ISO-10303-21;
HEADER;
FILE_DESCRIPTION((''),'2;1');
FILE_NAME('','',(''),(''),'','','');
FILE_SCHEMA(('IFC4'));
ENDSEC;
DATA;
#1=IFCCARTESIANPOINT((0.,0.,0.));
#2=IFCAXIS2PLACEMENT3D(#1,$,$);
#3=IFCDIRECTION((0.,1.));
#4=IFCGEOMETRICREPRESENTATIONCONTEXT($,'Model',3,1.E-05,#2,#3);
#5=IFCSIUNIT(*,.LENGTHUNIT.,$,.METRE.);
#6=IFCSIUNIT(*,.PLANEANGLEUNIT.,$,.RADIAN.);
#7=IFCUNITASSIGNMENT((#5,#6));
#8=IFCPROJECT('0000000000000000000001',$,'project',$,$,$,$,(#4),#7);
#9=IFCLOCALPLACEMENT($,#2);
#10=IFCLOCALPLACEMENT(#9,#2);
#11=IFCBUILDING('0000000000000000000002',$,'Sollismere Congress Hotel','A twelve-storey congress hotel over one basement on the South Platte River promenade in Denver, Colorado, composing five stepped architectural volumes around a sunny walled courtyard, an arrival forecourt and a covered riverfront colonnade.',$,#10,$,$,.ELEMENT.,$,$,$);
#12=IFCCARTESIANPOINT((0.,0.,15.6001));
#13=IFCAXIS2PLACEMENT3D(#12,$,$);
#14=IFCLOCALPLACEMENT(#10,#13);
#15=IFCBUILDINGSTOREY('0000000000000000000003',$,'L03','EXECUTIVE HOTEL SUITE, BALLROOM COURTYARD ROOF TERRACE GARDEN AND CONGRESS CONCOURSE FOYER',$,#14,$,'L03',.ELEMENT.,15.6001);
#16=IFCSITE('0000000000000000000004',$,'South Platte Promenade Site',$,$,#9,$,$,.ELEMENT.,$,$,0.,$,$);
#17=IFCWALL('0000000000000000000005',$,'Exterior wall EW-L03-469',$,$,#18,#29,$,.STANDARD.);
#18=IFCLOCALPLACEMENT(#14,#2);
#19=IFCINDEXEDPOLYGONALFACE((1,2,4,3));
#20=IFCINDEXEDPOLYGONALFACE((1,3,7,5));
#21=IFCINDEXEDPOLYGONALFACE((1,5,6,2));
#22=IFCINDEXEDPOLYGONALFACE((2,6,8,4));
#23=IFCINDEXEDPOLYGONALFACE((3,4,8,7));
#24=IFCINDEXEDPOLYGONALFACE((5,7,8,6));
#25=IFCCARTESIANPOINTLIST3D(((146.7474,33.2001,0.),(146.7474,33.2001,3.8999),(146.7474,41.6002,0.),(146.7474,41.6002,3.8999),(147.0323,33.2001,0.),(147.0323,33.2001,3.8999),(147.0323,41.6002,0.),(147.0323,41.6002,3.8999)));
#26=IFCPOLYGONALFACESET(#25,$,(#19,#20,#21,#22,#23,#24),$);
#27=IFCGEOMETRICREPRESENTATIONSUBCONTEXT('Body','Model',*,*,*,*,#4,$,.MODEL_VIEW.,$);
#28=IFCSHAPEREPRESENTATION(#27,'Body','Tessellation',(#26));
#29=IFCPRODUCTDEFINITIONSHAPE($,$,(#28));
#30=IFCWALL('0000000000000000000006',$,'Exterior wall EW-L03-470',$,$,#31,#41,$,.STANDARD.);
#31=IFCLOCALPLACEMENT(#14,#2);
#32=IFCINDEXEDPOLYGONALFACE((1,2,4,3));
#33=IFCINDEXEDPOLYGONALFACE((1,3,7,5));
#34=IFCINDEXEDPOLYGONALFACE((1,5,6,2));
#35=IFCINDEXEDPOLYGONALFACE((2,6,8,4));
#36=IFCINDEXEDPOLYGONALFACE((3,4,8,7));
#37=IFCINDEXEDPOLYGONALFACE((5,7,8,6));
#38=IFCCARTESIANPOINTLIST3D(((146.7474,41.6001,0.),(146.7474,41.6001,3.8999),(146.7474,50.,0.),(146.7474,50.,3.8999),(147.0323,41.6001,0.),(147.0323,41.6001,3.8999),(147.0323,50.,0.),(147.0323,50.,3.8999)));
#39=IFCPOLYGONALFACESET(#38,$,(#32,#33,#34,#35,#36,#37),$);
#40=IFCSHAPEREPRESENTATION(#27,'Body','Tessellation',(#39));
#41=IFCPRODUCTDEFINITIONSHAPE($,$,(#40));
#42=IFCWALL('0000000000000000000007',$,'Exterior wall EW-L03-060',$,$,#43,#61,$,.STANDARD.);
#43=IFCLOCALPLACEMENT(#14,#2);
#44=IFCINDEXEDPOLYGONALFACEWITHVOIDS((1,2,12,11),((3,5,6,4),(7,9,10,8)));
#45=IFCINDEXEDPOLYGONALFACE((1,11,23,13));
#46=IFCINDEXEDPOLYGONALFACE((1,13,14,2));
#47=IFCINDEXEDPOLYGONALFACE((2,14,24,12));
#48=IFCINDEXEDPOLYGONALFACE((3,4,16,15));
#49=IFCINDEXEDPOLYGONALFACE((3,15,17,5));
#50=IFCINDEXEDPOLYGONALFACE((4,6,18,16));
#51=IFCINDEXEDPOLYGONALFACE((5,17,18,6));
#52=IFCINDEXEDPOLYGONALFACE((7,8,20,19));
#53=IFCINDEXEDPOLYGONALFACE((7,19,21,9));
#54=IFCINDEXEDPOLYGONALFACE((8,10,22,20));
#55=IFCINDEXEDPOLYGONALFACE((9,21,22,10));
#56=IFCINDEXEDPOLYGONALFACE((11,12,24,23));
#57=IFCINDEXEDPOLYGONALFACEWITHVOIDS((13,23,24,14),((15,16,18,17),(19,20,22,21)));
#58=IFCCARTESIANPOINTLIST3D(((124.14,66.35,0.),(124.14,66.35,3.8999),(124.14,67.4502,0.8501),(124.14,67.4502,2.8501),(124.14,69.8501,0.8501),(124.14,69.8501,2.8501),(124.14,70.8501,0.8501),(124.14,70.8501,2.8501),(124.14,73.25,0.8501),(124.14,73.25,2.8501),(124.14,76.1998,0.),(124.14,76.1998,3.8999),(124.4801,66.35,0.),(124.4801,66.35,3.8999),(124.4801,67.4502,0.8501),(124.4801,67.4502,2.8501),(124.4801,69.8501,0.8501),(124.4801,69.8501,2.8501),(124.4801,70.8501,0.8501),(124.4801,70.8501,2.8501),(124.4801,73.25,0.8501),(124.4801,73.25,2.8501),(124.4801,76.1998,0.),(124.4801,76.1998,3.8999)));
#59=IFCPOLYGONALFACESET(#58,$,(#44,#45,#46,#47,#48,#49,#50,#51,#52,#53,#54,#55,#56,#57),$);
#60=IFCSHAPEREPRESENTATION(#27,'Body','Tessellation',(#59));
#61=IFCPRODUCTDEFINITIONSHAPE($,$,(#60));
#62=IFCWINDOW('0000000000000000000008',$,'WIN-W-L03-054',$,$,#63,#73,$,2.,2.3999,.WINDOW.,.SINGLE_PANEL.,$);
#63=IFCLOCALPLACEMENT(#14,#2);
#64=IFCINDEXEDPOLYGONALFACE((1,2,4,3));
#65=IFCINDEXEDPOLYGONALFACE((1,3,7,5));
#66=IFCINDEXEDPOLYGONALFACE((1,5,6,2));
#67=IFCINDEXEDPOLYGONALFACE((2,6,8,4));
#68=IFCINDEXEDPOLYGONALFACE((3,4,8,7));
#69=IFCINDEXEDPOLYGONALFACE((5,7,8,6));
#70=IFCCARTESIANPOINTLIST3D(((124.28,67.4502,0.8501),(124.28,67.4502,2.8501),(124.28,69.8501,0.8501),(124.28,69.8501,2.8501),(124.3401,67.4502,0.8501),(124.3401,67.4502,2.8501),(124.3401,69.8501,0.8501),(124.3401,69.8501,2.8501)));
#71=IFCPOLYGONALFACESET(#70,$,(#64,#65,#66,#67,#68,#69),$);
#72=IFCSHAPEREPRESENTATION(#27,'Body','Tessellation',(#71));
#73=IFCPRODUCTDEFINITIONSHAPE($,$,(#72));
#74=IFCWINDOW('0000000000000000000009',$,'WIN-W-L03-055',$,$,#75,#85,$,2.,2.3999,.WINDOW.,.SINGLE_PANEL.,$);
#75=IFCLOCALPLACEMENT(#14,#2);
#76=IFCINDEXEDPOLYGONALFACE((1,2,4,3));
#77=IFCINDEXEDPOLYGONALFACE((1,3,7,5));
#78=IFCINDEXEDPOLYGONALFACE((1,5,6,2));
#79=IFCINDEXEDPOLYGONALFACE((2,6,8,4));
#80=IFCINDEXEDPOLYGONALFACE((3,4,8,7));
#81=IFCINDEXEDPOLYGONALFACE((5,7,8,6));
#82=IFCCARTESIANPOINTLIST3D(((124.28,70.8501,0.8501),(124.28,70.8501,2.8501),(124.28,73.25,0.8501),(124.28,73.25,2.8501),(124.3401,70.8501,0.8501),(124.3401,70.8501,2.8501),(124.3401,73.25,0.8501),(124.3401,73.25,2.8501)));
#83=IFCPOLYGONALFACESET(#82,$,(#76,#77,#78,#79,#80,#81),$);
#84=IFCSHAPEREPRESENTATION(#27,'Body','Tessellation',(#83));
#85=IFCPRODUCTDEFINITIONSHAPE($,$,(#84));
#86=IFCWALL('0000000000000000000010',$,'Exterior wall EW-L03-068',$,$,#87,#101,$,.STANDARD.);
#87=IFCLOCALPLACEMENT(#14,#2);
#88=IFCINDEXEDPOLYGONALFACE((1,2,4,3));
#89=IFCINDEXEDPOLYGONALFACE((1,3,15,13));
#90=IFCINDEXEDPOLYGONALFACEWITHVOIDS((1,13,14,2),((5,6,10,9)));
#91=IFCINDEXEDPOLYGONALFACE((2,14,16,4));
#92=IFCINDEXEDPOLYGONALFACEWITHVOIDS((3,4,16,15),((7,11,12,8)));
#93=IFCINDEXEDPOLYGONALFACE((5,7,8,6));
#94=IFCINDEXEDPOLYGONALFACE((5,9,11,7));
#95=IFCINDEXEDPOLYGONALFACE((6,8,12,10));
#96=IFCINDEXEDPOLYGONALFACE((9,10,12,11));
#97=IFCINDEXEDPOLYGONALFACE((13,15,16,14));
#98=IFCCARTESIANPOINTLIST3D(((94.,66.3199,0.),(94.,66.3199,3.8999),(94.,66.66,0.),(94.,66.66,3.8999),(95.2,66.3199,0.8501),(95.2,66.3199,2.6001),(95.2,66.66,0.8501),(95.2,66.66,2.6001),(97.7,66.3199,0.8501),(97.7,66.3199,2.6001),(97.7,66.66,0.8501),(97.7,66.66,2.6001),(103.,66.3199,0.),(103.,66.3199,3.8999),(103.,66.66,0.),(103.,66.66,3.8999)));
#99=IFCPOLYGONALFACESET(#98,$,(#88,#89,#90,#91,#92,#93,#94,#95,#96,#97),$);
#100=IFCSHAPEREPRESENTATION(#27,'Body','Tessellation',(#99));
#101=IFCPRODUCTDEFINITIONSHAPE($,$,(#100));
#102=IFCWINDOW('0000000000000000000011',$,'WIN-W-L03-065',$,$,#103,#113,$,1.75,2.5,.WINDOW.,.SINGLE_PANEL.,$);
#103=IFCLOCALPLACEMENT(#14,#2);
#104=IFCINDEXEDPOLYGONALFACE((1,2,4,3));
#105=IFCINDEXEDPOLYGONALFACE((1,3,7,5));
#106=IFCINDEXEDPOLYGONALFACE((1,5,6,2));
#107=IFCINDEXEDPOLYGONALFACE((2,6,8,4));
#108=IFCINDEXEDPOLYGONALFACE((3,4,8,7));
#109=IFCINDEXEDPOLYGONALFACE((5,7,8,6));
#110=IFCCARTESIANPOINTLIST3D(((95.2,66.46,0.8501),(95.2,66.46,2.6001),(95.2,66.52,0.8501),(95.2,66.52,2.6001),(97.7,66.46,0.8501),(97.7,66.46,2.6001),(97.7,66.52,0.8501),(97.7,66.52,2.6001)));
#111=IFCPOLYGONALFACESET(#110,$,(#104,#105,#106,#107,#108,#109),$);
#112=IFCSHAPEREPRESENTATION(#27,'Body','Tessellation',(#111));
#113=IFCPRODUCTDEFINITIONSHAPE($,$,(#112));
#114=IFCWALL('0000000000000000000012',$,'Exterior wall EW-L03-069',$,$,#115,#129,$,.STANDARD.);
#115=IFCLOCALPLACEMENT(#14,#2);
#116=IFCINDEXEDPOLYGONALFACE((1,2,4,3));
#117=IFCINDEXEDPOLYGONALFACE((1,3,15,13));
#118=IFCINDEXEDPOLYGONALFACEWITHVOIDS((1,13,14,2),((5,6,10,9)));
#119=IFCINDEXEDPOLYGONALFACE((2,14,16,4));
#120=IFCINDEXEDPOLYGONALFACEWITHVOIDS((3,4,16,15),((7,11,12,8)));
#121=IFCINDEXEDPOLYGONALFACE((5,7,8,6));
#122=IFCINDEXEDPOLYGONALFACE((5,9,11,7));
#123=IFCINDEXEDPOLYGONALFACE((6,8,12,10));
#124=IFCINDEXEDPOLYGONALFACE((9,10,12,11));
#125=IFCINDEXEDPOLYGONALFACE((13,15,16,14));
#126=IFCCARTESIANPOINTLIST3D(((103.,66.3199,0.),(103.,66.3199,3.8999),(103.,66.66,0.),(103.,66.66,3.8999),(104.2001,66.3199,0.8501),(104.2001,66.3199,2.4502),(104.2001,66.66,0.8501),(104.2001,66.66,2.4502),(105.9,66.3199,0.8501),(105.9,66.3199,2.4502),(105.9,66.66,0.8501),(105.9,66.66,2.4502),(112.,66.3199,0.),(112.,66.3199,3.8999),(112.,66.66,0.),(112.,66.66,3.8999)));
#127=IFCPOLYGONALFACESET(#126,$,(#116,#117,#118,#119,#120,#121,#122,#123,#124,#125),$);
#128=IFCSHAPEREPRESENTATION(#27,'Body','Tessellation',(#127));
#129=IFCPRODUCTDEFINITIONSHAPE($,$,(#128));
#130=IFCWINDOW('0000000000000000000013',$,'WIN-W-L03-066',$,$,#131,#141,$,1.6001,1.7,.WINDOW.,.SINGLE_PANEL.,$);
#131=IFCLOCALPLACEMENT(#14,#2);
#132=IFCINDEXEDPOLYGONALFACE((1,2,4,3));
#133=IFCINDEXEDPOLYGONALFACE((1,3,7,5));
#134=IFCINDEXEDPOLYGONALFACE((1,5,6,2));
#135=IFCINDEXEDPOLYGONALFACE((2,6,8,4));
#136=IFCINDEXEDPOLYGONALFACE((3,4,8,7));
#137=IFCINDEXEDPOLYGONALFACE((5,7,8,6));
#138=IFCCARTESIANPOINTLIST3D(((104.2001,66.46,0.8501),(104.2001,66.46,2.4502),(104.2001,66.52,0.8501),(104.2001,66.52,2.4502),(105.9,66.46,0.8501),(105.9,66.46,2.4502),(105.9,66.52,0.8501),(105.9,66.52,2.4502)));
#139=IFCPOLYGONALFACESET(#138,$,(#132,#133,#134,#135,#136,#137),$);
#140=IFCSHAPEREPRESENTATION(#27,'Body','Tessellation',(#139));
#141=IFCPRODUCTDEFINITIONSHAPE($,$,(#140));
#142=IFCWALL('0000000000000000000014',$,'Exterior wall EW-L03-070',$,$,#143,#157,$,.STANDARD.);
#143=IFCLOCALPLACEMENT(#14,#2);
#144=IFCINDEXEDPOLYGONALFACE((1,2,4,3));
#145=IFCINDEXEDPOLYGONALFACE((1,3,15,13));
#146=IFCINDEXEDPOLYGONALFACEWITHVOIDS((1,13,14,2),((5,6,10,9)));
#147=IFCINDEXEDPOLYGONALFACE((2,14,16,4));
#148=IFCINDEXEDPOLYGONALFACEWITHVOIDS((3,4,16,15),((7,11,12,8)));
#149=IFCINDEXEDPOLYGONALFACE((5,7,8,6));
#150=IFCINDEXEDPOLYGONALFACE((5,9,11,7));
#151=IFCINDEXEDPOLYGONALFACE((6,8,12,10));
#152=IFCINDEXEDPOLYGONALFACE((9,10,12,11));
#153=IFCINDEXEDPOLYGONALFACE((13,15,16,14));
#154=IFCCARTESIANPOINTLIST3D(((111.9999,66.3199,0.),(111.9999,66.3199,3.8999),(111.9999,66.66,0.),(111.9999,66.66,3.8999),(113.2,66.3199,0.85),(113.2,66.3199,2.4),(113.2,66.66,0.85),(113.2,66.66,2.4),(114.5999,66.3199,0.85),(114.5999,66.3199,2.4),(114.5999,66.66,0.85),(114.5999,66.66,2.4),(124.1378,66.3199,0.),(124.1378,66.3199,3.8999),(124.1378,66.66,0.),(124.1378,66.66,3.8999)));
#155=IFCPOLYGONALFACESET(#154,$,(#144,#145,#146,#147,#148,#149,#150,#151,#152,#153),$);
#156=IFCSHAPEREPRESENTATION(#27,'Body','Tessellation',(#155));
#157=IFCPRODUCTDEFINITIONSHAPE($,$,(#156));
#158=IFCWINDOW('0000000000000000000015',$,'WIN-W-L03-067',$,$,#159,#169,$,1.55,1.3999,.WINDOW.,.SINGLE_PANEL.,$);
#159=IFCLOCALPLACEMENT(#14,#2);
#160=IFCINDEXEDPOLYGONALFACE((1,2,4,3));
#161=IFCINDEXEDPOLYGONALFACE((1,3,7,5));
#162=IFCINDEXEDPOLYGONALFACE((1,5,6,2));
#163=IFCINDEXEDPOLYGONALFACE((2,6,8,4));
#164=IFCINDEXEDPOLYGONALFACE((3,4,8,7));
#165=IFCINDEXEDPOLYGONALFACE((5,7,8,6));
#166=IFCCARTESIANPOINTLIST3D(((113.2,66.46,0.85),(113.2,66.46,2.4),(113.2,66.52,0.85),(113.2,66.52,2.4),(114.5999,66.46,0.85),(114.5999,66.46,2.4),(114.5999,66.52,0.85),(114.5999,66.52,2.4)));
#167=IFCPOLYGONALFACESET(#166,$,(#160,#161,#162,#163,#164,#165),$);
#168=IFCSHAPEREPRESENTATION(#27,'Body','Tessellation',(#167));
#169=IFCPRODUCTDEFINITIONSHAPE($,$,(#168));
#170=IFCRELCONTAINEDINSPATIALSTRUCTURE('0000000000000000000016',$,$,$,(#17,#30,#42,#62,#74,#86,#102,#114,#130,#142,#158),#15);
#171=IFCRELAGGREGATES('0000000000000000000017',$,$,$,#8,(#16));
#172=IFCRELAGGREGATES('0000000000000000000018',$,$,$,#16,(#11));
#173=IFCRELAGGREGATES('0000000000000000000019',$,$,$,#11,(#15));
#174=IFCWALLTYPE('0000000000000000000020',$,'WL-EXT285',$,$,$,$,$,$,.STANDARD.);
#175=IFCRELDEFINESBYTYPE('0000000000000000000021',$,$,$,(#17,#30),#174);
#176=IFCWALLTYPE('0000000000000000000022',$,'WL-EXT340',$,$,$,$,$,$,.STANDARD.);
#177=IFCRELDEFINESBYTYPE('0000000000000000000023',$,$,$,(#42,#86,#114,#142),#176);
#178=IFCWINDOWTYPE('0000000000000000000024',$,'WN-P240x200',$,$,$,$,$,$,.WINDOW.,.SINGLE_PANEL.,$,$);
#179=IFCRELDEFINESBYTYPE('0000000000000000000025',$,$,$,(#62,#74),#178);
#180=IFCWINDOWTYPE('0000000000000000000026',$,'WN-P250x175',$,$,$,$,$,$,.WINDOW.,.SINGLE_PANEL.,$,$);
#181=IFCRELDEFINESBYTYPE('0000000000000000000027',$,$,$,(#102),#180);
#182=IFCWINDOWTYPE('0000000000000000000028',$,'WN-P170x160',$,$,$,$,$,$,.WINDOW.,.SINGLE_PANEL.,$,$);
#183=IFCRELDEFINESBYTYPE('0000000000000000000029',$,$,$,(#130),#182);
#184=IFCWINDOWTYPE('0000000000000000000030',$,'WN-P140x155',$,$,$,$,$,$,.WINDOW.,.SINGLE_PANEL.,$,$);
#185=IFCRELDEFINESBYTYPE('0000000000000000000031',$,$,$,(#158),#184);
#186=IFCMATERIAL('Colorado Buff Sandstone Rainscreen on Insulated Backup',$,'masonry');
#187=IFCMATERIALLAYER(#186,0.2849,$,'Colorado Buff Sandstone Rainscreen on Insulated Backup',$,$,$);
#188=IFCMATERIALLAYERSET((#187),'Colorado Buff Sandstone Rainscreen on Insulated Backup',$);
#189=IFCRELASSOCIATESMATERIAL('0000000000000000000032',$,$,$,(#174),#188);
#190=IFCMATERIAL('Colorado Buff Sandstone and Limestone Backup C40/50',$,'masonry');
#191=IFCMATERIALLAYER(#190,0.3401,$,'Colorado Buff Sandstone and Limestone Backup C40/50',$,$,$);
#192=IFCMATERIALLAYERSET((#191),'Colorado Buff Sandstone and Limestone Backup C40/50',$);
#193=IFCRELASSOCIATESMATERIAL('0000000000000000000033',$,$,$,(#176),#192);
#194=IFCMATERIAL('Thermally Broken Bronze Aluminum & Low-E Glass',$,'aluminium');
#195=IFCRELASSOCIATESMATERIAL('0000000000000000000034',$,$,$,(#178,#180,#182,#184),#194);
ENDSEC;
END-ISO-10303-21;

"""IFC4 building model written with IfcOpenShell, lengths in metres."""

from ifc_helpers import new_model, si_unit, direction, frame, frame_2d, origin, place, context, subcontext, project, spatial, rectangle, extrude, material, layer, layer_set, type_object, element, fill, save


model = new_model("IFC4")

# Units and contexts
model_context = context("Model", 3, precision=1e-05, world=origin(), true_north=direction((0.0, 1.0)))
body_context = subcontext(model_context, "Body", "Model", "MODEL_VIEW")
ifc_project = project(units=[si_unit("LENGTHUNIT", "METRE"), si_unit("PLANEANGLEUNIT", "RADIAN")], contexts=[model_context])

# Site, building, storey
site_placement = place(None, origin())
site = spatial("IfcSite", under=ifc_project, at=site_placement, Name="South Platte Promenade Site", CompositionType="ELEMENT", RefElevation=0.0)
building_placement = place(site_placement, origin())
building = spatial("IfcBuilding", under=site, at=building_placement, Name="Sollismere Congress Hotel", Description="A twelve-storey congress hotel over one basement on the South Platte River promenade in Denver, Colorado, composing five stepped architectural volumes around a sunny walled courtyard, an arrival forecourt and a covered riverfront colonnade.", CompositionType="ELEMENT")
storey_placement = place(building_placement, frame((0.0, 0.0, 15.6001)))
storey = spatial("IfcBuildingStorey", under=building, at=storey_placement, Name="L03", Description="EXECUTIVE HOTEL SUITE, BALLROOM COURTYARD ROOF TERRACE GARDEN AND CONGRESS CONCOURSE FOYER", LongName="L03", CompositionType="ELEMENT", Elevation=15.6001)

# Shared definitions
ifc_material_1 = material(Name="Colorado Buff Sandstone Rainscreen on Insulated Backup", Category="masonry")
ifc_layer_1 = layer(ifc_material_1, 0.2849, Name="Colorado Buff Sandstone Rainscreen on Insulated Backup")
ifc_layer_set_1 = layer_set([ifc_layer_1], Name="Colorado Buff Sandstone Rainscreen on Insulated Backup")
wall_type_1 = type_object("IfcWallType", Name="WL-EXT285", PredefinedType="STANDARD", material=ifc_layer_set_1)
ifc_material_2 = material(Name="Thermally Broken Bronze Aluminum & Low-E Glass", Category="aluminium")

# Walls
wall_1_placement = place(storey_placement, frame((146.8899, 33.2, 0.0), z_axis=(0.0, 0.0, 1.0), x_axis=(0.0, 1.0, 0.0)))
element("IfcWall", 1, at=wall_1_placement, inside=storey, type_object=wall_type_1, Name="Exterior wall EW-L03-469", PredefinedType="STANDARD", context=body_context, shape_type="SweptSolid", body=[
    extrude(rectangle(XDim=8.4001, YDim=0.2849, at=frame_2d((4.2002, 0.0))), origin(), (0.0, 0.0, 1.0), 3.8999),
])
wall_2_placement = place(storey_placement, frame((146.8899, 41.6001, 0.0), z_axis=(0.0, 0.0, 1.0), x_axis=(0.0, 1.0, 0.0)))
element("IfcWall", 2, at=wall_2_placement, inside=storey, type_object=wall_type_1, Name="Exterior wall EW-L03-470", PredefinedType="STANDARD", context=body_context, shape_type="SweptSolid", body=[
    extrude(rectangle(XDim=8.3999, YDim=0.2849, at=frame_2d((4.2, 0.0))), origin(), (0.0, 0.0, 1.0), 3.8999),
])

# Wall, openings, windows
ifc_material_3 = material(Name="Colorado Buff Sandstone and Limestone Backup C40/50", Category="masonry")
ifc_layer_2 = layer(ifc_material_3, 0.3401, Name="Colorado Buff Sandstone and Limestone Backup C40/50")
ifc_layer_set_2 = layer_set([ifc_layer_2], Name="Colorado Buff Sandstone and Limestone Backup C40/50")
wall_type_2 = type_object("IfcWallType", Name="WL-EXT340", PredefinedType="STANDARD", material=ifc_layer_set_2)
wall_3_placement = place(storey_placement, frame((124.3101, 66.3501, 0.0), z_axis=(0.0, 0.0, 1.0), x_axis=(0.0, 1.0, 0.0)))
wall_3 = element("IfcWall", 3, at=wall_3_placement, inside=storey, type_object=wall_type_2, Name="Exterior wall EW-L03-060", PredefinedType="STANDARD", context=body_context, shape_type="SweptSolid", body=[
    extrude(rectangle(XDim=9.8499, YDim=0.3401, at=frame_2d((4.9248, 0.0))), origin(), (0.0, 0.0, 1.0), 3.8999),
])
opening_1_placement = place(wall_3_placement, frame((1.1001, 0.0, 0.8501)))
opening_1 = element("IfcOpeningElement", 4, at=opening_1_placement, cuts=wall_3, PredefinedType="OPENING", context=body_context, shape_type="SweptSolid", body=[
    extrude(rectangle(XDim=2.3999, YDim=2.0, at=frame_2d((1.2, 1.0))), frame((0.0, 0.1799, 0.0), z_axis=(0.0, -1.0, 0.0), x_axis=(1.0, 0.0, 0.0)), (0.0, 0.0, 1.0), 0.3601),
])
opening_2_placement = place(wall_3_placement, frame((4.5, 0.0, 0.8501)))
opening_2 = element("IfcOpeningElement", 5, at=opening_2_placement, cuts=wall_3, PredefinedType="OPENING", context=body_context, shape_type="SweptSolid", body=[
    extrude(rectangle(XDim=2.3999, YDim=2.0, at=frame_2d((1.2, 1.0))), frame((0.0, 0.1799, 0.0), z_axis=(0.0, -1.0, 0.0), x_axis=(1.0, 0.0, 0.0)), (0.0, 0.0, 1.0), 0.3601),
])
window_type_1 = type_object("IfcWindowType", Name="WN-P240x200", PartitioningType="SINGLE_PANEL", PredefinedType="WINDOW", material=ifc_material_2)
window_1_placement = place(opening_1_placement, origin())
window_1 = element("IfcWindow", 6, at=window_1_placement, inside=storey, type_object=window_type_1, Name="WIN-W-L03-054", OverallHeight=2.0, OverallWidth=2.3999, PartitioningType="SINGLE_PANEL", PredefinedType="WINDOW", context=body_context, shape_type="SweptSolid", body=[
    extrude(rectangle(XDim=2.3999, YDim=2.0, at=frame_2d((1.2, 1.0))), frame((0.0, 0.03, 0.0), z_axis=(0.0, -1.0, 0.0), x_axis=(1.0, 0.0, 0.0)), (0.0, 0.0, 1.0), 0.0601),
])
fill(opening_1, window_1)
window_2_placement = place(opening_2_placement, origin())
window_2 = element("IfcWindow", 7, at=window_2_placement, inside=storey, type_object=window_type_1, Name="WIN-W-L03-055", OverallHeight=2.0, OverallWidth=2.3999, PartitioningType="SINGLE_PANEL", PredefinedType="WINDOW", context=body_context, shape_type="SweptSolid", body=[
    extrude(rectangle(XDim=2.3999, YDim=2.0, at=frame_2d((1.2, 1.0))), frame((0.0, 0.03, 0.0), z_axis=(0.0, -1.0, 0.0), x_axis=(1.0, 0.0, 0.0)), (0.0, 0.0, 1.0), 0.0601),
])
fill(opening_2, window_2)

# Walls, openings, windows
wall_4_placement = place(storey_placement, frame((94.0, 66.49, 0.0), z_axis=(0.0, 0.0, 1.0), x_axis=(1.0, 0.0, 0.0)))
wall_4 = element("IfcWall", 8, at=wall_4_placement, inside=storey, type_object=wall_type_2, Name="Exterior wall EW-L03-068", PredefinedType="STANDARD", context=body_context, shape_type="SweptSolid", body=[
    extrude(rectangle(XDim=9.0, YDim=0.3401, at=frame_2d((4.5, 0.0))), origin(), (0.0, 0.0, 1.0), 3.8999),
])
opening_3_placement = place(wall_4_placement, frame((1.2, 0.0, 0.8501)))
opening_3 = element("IfcOpeningElement", 9, at=opening_3_placement, cuts=wall_4, PredefinedType="OPENING", context=body_context, shape_type="SweptSolid", body=[
    extrude(rectangle(XDim=2.5, YDim=1.75, at=frame_2d((1.25, 0.875))), frame((0.0, 0.1799, 0.0), z_axis=(0.0, -1.0, 0.0), x_axis=(1.0, 0.0, 0.0)), (0.0, 0.0, 1.0), 0.3601),
])
window_type_2 = type_object("IfcWindowType", Name="WN-P250x175", PartitioningType="SINGLE_PANEL", PredefinedType="WINDOW", material=ifc_material_2)
window_3_placement = place(opening_3_placement, origin())
window_3 = element("IfcWindow", 10, at=window_3_placement, inside=storey, type_object=window_type_2, Name="WIN-W-L03-065", OverallHeight=1.75, OverallWidth=2.5, PartitioningType="SINGLE_PANEL", PredefinedType="WINDOW", context=body_context, shape_type="SweptSolid", body=[
    extrude(rectangle(XDim=2.5, YDim=1.75, at=frame_2d((1.25, 0.875))), frame((0.0, 0.03, 0.0), z_axis=(0.0, -1.0, 0.0), x_axis=(1.0, 0.0, 0.0)), (0.0, 0.0, 1.0), 0.0601),
])
fill(opening_3, window_3)
wall_5_placement = place(storey_placement, frame((103.0, 66.49, 0.0), z_axis=(0.0, 0.0, 1.0), x_axis=(1.0, 0.0, 0.0)))
wall_5 = element("IfcWall", 11, at=wall_5_placement, inside=storey, type_object=wall_type_2, Name="Exterior wall EW-L03-069", PredefinedType="STANDARD", context=body_context, shape_type="SweptSolid", body=[
    extrude(rectangle(XDim=9.0, YDim=0.3401, at=frame_2d((4.5, 0.0))), origin(), (0.0, 0.0, 1.0), 3.8999),
])
opening_4_placement = place(wall_5_placement, frame((1.2, 0.0, 0.8501)))
opening_4 = element("IfcOpeningElement", 12, at=opening_4_placement, cuts=wall_5, PredefinedType="OPENING", context=body_context, shape_type="SweptSolid", body=[
    extrude(rectangle(XDim=1.7, YDim=1.6001, at=frame_2d((0.8501, 0.8))), frame((0.0, 0.1799, 0.0), z_axis=(0.0, -1.0, 0.0), x_axis=(1.0, 0.0, 0.0)), (0.0, 0.0, 1.0), 0.3601),
])
window_type_3 = type_object("IfcWindowType", Name="WN-P170x160", PartitioningType="SINGLE_PANEL", PredefinedType="WINDOW", material=ifc_material_2)
window_4_placement = place(opening_4_placement, origin())
window_4 = element("IfcWindow", 13, at=window_4_placement, inside=storey, type_object=window_type_3, Name="WIN-W-L03-066", OverallHeight=1.6001, OverallWidth=1.7, PartitioningType="SINGLE_PANEL", PredefinedType="WINDOW", context=body_context, shape_type="SweptSolid", body=[
    extrude(rectangle(XDim=1.7, YDim=1.6001, at=frame_2d((0.8501, 0.8))), frame((0.0, 0.03, 0.0), z_axis=(0.0, -1.0, 0.0), x_axis=(1.0, 0.0, 0.0)), (0.0, 0.0, 1.0), 0.0601),
])
fill(opening_4, window_4)
wall_6_placement = place(storey_placement, frame((112.0, 66.49, 0.0), z_axis=(0.0, 0.0, 1.0), x_axis=(1.0, 0.0, 0.0)))
wall_6 = element("IfcWall", 14, at=wall_6_placement, inside=storey, type_object=wall_type_2, Name="Exterior wall EW-L03-070", PredefinedType="STANDARD", context=body_context, shape_type="SweptSolid", body=[
    extrude(rectangle(XDim=12.1379, YDim=0.3401, at=frame_2d((6.0688, 0.0))), origin(), (0.0, 0.0, 1.0), 3.8999),
])
opening_5_placement = place(wall_6_placement, frame((1.2, 0.0, 0.8501)))
opening_5 = element("IfcOpeningElement", 15, at=opening_5_placement, cuts=wall_6, PredefinedType="OPENING", context=body_context, shape_type="SweptSolid", body=[
    extrude(rectangle(XDim=1.3999, YDim=1.55, at=frame_2d((0.7, 0.7749))), frame((0.0, 0.1799, 0.0), z_axis=(0.0, -1.0, 0.0), x_axis=(1.0, 0.0, 0.0)), (0.0, 0.0, 1.0), 0.3601),
])
window_type_4 = type_object("IfcWindowType", Name="WN-P140x155", PartitioningType="SINGLE_PANEL", PredefinedType="WINDOW", material=ifc_material_2)
window_5_placement = place(opening_5_placement, origin())
window_5 = element("IfcWindow", 16, at=window_5_placement, inside=storey, type_object=window_type_4, Name="WIN-W-L03-067", OverallHeight=1.55, OverallWidth=1.3999, PartitioningType="SINGLE_PANEL", PredefinedType="WINDOW", context=body_context, shape_type="SweptSolid", body=[
    extrude(rectangle(XDim=1.3999, YDim=1.55, at=frame_2d((0.7, 0.7749))), frame((0.0, 0.03, 0.0), z_axis=(0.0, -1.0, 0.0), x_axis=(1.0, 0.0, 0.0)), (0.0, 0.0, 1.0), 0.0601),
])
fill(opening_5, window_5)

save(model, "model.ifc")
